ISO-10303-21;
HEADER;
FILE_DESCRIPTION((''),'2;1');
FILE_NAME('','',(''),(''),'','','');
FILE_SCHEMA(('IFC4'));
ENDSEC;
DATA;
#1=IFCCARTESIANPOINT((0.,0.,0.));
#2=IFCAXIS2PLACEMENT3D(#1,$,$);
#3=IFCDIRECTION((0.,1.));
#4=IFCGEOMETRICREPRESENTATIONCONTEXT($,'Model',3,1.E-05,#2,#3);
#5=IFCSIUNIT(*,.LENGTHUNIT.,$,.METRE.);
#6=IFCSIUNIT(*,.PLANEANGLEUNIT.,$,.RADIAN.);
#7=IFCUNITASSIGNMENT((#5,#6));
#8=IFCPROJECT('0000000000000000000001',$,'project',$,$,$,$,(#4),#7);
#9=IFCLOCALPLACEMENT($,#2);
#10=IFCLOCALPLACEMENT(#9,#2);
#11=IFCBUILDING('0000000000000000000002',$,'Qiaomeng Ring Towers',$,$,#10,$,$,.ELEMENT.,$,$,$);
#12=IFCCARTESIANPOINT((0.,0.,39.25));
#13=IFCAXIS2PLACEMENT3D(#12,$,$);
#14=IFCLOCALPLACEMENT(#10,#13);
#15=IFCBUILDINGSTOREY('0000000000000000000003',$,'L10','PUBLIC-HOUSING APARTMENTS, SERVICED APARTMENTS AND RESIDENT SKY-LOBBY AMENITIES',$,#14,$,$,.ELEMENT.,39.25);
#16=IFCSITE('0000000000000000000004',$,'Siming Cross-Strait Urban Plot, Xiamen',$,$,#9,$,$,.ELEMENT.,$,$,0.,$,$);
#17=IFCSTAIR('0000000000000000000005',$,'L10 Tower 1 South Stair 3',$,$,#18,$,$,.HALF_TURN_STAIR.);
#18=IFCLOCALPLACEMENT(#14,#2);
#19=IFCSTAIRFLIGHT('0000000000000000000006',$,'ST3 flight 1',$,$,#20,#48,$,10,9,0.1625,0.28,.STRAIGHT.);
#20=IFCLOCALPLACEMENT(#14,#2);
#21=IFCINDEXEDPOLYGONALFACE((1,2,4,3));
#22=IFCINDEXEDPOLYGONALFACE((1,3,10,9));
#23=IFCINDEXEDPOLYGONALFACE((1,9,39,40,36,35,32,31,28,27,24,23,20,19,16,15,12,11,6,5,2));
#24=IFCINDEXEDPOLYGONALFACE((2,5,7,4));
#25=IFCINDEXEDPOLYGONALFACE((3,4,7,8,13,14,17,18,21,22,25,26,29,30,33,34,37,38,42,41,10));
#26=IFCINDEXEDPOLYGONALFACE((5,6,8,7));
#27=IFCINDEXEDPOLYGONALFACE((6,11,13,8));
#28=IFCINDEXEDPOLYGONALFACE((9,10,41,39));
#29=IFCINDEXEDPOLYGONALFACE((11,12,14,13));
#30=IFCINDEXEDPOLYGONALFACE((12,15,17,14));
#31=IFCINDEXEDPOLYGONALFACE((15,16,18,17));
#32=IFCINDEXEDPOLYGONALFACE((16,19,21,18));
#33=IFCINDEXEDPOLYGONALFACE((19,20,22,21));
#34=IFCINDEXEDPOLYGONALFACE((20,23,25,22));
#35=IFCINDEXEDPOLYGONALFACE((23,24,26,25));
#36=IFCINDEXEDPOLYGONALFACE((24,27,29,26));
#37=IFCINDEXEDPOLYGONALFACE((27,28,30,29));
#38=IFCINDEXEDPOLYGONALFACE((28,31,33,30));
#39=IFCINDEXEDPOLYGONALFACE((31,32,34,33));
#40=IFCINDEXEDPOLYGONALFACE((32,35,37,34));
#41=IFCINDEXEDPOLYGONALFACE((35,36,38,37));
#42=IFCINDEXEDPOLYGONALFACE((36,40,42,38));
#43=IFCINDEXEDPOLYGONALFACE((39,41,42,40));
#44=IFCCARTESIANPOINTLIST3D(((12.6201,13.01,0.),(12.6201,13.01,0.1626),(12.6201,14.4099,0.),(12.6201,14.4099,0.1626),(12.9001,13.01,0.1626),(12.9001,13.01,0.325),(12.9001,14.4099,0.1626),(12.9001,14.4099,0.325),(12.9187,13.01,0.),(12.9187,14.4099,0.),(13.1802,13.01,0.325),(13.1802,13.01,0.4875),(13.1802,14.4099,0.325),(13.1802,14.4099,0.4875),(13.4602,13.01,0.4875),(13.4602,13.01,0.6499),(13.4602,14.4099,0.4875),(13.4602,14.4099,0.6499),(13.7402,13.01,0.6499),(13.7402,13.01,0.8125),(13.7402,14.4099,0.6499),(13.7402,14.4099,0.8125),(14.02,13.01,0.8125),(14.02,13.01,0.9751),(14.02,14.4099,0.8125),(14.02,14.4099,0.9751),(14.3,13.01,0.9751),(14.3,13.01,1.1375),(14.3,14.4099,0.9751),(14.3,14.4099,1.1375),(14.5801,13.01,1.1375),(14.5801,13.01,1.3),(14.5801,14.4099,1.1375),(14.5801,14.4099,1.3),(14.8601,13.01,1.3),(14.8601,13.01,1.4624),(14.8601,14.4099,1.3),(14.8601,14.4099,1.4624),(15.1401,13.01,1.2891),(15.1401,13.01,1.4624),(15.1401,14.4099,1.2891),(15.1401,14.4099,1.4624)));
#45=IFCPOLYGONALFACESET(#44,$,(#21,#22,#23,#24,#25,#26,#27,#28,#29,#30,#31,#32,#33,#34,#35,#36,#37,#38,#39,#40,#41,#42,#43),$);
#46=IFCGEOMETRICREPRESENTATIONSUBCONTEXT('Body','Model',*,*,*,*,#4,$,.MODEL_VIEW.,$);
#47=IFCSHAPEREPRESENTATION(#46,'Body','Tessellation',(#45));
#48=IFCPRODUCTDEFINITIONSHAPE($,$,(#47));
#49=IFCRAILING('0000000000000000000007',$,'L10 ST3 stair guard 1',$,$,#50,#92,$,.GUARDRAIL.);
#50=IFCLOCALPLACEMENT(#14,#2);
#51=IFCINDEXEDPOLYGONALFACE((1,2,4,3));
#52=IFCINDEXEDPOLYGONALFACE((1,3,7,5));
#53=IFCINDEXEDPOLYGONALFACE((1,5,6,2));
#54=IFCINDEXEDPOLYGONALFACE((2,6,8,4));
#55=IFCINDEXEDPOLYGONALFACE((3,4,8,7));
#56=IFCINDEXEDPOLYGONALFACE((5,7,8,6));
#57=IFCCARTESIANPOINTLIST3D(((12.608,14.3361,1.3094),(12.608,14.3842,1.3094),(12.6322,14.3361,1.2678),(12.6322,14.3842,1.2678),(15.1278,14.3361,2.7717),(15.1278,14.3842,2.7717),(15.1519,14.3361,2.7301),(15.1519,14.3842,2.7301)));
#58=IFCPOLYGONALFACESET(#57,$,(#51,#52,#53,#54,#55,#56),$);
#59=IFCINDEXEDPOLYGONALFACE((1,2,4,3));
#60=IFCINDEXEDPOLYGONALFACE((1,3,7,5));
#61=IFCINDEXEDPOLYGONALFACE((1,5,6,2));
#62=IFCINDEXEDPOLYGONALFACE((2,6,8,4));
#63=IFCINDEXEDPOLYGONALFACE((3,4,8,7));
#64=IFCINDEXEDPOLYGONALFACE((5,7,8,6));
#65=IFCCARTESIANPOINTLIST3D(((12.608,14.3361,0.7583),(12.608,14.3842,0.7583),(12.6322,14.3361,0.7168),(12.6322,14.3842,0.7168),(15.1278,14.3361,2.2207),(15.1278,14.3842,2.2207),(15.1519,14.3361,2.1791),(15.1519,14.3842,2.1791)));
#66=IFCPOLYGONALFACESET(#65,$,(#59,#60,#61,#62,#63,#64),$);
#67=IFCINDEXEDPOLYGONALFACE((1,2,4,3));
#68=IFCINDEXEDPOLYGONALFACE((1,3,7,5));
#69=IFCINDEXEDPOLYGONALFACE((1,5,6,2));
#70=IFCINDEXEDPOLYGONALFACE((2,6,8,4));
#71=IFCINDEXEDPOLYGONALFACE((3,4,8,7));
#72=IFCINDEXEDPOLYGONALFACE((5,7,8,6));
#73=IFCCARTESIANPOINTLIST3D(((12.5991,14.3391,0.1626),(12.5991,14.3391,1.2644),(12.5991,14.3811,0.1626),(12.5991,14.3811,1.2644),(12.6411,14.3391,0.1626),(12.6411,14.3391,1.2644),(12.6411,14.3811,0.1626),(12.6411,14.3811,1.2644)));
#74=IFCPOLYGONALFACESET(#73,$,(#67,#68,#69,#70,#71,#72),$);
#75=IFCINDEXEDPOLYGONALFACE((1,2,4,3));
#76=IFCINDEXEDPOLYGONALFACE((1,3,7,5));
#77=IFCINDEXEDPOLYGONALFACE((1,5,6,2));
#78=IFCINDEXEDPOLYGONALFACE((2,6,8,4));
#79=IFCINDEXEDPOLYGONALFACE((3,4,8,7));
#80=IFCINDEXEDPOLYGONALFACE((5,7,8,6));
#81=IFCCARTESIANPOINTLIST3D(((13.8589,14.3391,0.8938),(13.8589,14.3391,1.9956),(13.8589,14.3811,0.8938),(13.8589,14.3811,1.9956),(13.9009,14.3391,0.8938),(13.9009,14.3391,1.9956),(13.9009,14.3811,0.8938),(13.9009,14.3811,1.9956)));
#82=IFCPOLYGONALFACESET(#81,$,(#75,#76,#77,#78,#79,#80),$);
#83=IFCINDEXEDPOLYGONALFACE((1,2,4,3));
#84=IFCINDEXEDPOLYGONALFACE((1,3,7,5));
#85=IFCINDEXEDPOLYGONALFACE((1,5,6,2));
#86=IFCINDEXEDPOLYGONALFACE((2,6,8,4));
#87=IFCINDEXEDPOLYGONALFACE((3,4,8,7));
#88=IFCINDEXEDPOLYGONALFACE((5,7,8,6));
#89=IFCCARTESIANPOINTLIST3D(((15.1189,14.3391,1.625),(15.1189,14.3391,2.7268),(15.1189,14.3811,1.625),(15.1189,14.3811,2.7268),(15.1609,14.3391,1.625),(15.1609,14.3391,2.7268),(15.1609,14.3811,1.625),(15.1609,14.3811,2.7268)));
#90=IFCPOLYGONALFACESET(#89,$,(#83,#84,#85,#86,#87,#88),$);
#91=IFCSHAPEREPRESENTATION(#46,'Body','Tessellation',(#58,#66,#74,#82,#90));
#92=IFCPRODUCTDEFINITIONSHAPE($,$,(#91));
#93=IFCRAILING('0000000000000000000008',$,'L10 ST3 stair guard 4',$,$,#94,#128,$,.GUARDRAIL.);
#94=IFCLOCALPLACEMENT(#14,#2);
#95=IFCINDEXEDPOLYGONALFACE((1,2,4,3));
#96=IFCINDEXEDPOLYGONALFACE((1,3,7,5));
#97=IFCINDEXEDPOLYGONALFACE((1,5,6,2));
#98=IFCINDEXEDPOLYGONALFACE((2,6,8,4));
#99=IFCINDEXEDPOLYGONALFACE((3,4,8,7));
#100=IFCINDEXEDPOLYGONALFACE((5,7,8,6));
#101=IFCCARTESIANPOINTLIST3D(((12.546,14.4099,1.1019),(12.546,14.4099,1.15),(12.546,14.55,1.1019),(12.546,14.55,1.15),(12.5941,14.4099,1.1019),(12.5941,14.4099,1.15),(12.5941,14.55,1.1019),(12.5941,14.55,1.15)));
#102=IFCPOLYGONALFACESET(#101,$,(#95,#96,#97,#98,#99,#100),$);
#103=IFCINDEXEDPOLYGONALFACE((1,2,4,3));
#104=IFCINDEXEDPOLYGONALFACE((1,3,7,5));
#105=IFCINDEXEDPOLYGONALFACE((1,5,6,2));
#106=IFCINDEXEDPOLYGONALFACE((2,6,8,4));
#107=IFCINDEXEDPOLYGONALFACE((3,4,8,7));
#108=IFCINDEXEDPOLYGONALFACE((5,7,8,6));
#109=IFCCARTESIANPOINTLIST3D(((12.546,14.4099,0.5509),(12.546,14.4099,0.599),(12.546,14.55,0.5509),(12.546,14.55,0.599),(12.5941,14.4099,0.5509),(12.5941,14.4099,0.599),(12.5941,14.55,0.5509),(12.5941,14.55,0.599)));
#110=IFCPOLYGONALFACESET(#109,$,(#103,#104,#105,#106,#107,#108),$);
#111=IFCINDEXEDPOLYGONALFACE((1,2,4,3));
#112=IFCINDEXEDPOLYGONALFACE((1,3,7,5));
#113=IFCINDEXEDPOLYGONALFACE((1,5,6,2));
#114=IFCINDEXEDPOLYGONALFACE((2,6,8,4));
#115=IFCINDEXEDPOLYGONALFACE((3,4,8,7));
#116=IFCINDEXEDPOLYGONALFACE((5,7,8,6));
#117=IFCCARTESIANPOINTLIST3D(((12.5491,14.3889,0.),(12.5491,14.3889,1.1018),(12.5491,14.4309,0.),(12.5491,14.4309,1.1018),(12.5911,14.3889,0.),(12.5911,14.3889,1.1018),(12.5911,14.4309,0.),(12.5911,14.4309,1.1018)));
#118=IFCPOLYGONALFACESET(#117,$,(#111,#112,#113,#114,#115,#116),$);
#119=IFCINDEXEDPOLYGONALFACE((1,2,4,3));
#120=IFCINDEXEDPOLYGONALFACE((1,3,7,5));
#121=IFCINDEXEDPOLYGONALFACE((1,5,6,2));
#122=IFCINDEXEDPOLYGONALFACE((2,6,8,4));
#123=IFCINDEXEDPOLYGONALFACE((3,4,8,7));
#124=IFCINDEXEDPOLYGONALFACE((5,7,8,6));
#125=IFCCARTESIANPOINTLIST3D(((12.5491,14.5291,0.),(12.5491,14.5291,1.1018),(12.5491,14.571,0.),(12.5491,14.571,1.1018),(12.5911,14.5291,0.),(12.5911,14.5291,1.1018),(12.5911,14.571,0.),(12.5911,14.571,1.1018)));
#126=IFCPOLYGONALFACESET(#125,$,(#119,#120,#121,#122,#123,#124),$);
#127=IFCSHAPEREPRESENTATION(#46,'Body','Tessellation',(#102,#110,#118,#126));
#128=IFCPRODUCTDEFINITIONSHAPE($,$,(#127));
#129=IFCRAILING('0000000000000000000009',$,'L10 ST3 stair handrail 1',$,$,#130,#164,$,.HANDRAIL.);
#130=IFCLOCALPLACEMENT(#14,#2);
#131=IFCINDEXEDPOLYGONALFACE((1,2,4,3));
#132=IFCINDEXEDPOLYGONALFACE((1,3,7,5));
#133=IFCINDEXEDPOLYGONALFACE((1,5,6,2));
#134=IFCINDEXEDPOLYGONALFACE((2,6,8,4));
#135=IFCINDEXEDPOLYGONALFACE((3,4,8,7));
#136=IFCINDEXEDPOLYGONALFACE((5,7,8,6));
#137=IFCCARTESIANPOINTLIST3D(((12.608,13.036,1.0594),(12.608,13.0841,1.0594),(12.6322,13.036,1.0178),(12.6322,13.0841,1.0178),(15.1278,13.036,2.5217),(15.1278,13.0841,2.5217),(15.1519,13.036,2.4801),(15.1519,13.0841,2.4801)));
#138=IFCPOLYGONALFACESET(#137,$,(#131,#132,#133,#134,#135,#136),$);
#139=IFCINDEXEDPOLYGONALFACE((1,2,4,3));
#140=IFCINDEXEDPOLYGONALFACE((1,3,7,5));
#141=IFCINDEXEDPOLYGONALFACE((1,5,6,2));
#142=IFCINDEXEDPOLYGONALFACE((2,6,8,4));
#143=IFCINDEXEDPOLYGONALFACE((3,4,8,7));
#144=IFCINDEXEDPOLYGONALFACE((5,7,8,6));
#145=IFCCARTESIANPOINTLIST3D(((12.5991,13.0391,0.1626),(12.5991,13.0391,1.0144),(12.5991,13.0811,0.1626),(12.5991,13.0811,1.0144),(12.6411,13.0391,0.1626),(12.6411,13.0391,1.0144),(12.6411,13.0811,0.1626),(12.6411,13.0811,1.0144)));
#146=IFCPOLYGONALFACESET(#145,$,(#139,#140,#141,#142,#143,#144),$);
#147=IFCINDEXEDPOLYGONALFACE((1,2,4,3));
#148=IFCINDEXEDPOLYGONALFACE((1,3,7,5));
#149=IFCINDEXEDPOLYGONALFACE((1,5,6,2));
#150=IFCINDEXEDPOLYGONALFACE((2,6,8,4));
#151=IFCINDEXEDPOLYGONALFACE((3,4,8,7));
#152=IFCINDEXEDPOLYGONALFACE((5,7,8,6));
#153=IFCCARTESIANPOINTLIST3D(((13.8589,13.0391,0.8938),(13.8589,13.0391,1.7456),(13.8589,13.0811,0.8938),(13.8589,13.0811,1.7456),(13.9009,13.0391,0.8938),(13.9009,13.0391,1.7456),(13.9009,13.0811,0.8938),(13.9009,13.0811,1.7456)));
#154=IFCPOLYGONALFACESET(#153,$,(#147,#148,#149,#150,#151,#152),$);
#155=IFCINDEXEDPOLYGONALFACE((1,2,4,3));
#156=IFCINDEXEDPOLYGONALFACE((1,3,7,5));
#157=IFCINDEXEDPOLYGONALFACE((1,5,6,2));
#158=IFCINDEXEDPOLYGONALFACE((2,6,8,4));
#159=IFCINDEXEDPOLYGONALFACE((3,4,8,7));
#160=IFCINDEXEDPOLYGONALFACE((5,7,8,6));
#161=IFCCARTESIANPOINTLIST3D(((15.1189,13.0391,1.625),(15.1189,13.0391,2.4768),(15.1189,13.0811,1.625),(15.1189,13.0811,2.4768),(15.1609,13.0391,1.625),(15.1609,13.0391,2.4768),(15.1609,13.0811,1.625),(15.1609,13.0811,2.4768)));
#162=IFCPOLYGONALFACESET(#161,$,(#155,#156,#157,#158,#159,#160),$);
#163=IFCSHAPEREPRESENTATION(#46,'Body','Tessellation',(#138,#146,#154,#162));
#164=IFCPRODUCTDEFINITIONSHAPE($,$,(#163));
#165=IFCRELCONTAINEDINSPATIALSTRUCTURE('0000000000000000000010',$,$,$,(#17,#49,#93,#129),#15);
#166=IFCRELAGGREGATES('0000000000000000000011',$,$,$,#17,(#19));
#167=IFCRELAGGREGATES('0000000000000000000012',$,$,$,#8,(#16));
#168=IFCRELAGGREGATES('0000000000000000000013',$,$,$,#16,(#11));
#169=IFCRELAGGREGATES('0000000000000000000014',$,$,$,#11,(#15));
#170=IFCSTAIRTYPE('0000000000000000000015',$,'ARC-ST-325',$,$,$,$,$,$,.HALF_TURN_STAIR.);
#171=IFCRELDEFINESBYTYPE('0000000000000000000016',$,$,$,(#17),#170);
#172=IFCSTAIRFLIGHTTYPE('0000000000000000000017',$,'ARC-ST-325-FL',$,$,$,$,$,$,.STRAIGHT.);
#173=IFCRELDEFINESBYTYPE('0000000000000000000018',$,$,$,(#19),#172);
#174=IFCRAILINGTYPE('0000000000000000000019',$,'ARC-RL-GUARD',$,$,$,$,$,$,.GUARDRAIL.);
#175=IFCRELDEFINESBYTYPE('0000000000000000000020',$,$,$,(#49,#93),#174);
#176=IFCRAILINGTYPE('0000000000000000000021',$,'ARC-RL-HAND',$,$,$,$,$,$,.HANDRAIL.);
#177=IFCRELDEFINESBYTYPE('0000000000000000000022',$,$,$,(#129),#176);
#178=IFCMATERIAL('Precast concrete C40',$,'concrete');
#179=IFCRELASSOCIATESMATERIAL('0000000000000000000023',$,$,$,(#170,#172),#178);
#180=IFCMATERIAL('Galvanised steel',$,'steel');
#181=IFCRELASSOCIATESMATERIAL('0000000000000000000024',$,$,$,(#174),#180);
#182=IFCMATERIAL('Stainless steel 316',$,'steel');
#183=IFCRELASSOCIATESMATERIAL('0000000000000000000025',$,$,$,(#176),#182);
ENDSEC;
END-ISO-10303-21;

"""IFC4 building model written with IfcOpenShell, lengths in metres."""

from ifc_helpers import new_model, si_unit, direction, frame, origin, origin_2d, place, context, subcontext, project, spatial, polyline, rectangle, outline, extrude, source, transform, mapped, material, type_object, element, aggregate, save


model = new_model("IFC4")

# Units and contexts
model_context = context("Model", 3, precision=1e-05, world=origin(), true_north=direction((0.0, 1.0)))
body_context = subcontext(model_context, "Body", "Model", "MODEL_VIEW")
ifc_project = project(units=[si_unit("LENGTHUNIT", "METRE"), si_unit("PLANEANGLEUNIT", "RADIAN")], contexts=[model_context])

# Site, building, storey
site_placement = place(None, origin())
site = spatial("IfcSite", under=ifc_project, at=site_placement, Name="Siming Cross-Strait Urban Plot, Xiamen", CompositionType="ELEMENT", RefElevation=0.0)
building_placement = place(site_placement, origin())
building = spatial("IfcBuilding", under=site, at=building_placement, Name="Qiaomeng Ring Towers", CompositionType="ELEMENT")
storey_placement = place(building_placement, frame((0.0, 0.0, 39.25)))
storey = spatial("IfcBuildingStorey", under=building, at=storey_placement, Name="L10", Description="PUBLIC-HOUSING APARTMENTS, SERVICED APARTMENTS AND RESIDENT SKY-LOBBY AMENITIES", CompositionType="ELEMENT", Elevation=39.25)

# Shared definitions
ifc_material_1 = material(Name="Galvanised steel", Category="steel")

# Shared definitions
ifc_material_2 = material(Name="Stainless steel 316", Category="steel")

# Stair, stair flight
ifc_material_3 = material(Name="Precast concrete C40", Category="concrete")
stair_type = type_object("IfcStairType", Name="ARC-ST-325", PredefinedType="HALF_TURN_STAIR", material=ifc_material_3)
stair_placement = place(storey_placement, origin())
stair = element("IfcStair", 1, at=stair_placement, inside=storey, type_object=stair_type, Name="L10 Tower 1 South Stair 3", PredefinedType="HALF_TURN_STAIR")
stair_flight_type = type_object("IfcStairFlightType", Name="ARC-ST-325-FL", PredefinedType="STRAIGHT", material=ifc_material_3)
shared_shape_1 = source(origin(), body_context, "Body", "SweptSolid", [
    extrude(outline(polyline([(0.0, 0.0), (0.0, 0.1626), (0.28, 0.1626), (0.28, 0.325), (0.5601, 0.325), (0.5601, 0.4875), (0.8401, 0.4875), (0.8401, 0.6499), (1.1201, 0.6499), (1.1201, 0.8125), (1.3999, 0.8125), (1.3999, 0.9751), (1.6799, 0.9751), (1.6799, 1.1375), (1.96, 1.1375), (1.96, 1.3), (2.24, 1.3), (2.24, 1.4624), (2.52, 1.4624), (2.52, 1.625), (2.52, 1.2891), (0.2986, 0.0), (0.0, 0.0)])), frame((0.0, 0.7, 0.0), z_axis=(0.0, -1.0, 0.0), x_axis=(1.0, 0.0, 0.0)), (0.0, 0.0, 1.0), 1.3999),
])
stair_flight_placement = place(storey_placement, frame((12.6201, 13.71, 0.0), z_axis=(0.0, 0.0, 1.0), x_axis=(1.0, 0.0, 0.0)))
stair_flight = element("IfcStairFlight", 2, at=stair_flight_placement, type_object=stair_flight_type, Name="ST3 flight 1", NumberOfRisers=10, NumberOfTreads=9, PredefinedType="STRAIGHT", RiserHeight=0.1625, TreadLength=0.28, context=body_context, shape_type="MappedRepresentation", body=[
    mapped(shared_shape_1, transform((0.0, 0.0, 0.0), x_axis=(1.0, 0.0, 0.0), y_axis=(0.0, 1.0, 0.0), z_axis=(0.0, 0.0, 1.0), scale=1.0)),
])
aggregate(stair, [stair_flight])

# Railings
railing_type_1 = type_object("IfcRailingType", Name="ARC-RL-GUARD", PredefinedType="GUARDRAIL", material=ifc_material_1)
railing_1_placement = place(storey_placement, frame((12.6201, 14.3601, 0.1626)))
element("IfcRailing", 3, at=railing_1_placement, inside=storey, type_object=railing_type_1, Name="L10 ST3 stair guard 1", PredefinedType="GUARDRAIL", context=body_context, shape_type="SweptSolid", body=[
    extrude(rectangle(XDim=0.0481, YDim=0.0481, at=origin_2d()), frame((0.0, 0.0, 1.126), z_axis=(0.864892, 0.0, 0.501958), x_axis=(0.0, 1.0, 0.0)), (0.0, 0.0, 1.0), 2.9133),
    extrude(rectangle(XDim=0.0481, YDim=0.0481, at=origin_2d()), frame((0.0, 0.0, 0.575), z_axis=(0.864892, 0.0, 0.501958), x_axis=(0.0, 1.0, 0.0)), (0.0, 0.0, 1.0), 2.9133),
    extrude(rectangle(XDim=0.042, YDim=0.042, at=origin_2d()), origin(), (0.0, 0.0, 1.0), 1.1018),
    extrude(rectangle(XDim=0.042, YDim=0.042, at=origin_2d()), frame((1.2598, 0.0, 0.7312)), (0.0, 0.0, 1.0), 1.1018),
    extrude(rectangle(XDim=0.042, YDim=0.042, at=origin_2d()), frame((2.5198, 0.0, 1.4624)), (0.0, 0.0, 1.0), 1.1018),
])
railing_2_placement = place(storey_placement, frame((12.5701, 14.4099, 0.0)))
element("IfcRailing", 4, at=railing_2_placement, inside=storey, type_object=railing_type_1, Name="L10 ST3 stair guard 4", PredefinedType="GUARDRAIL", context=body_context, shape_type="SweptSolid", body=[
    extrude(rectangle(XDim=0.0481, YDim=0.0481, at=origin_2d()), frame((0.0, 0.0, 1.126), z_axis=(0.0, 1.0, 0.0), x_axis=(-1.0, 0.0, 0.0)), (0.0, 0.0, 1.0), 0.1401),
    extrude(rectangle(XDim=0.0481, YDim=0.0481, at=origin_2d()), frame((0.0, 0.0, 0.575), z_axis=(0.0, 1.0, 0.0), x_axis=(-1.0, 0.0, 0.0)), (0.0, 0.0, 1.0), 0.1401),
    extrude(rectangle(XDim=0.042, YDim=0.042, at=origin_2d()), origin(), (0.0, 0.0, 1.0), 1.1018),
    extrude(rectangle(XDim=0.042, YDim=0.042, at=origin_2d()), frame((0.0, 0.1401, 0.0)), (0.0, 0.0, 1.0), 1.1018),
])
railing_type_2 = type_object("IfcRailingType", Name="ARC-RL-HAND", PredefinedType="HANDRAIL", material=ifc_material_2)
railing_3_placement = place(storey_placement, frame((12.6201, 13.0601, 0.1626)))
element("IfcRailing", 5, at=railing_3_placement, inside=storey, type_object=railing_type_2, Name="L10 ST3 stair handrail 1", PredefinedType="HANDRAIL", context=body_context, shape_type="SweptSolid", body=[
    extrude(rectangle(XDim=0.0481, YDim=0.0481, at=origin_2d()), frame((0.0, 0.0, 0.876), z_axis=(0.864892, 0.0, 0.501958), x_axis=(0.0, 1.0, 0.0)), (0.0, 0.0, 1.0), 2.9133),
    extrude(rectangle(XDim=0.042, YDim=0.042, at=origin_2d()), origin(), (0.0, 0.0, 1.0), 0.8518),
    extrude(rectangle(XDim=0.042, YDim=0.042, at=origin_2d()), frame((1.2598, 0.0, 0.7312)), (0.0, 0.0, 1.0), 0.8518),
    extrude(rectangle(XDim=0.042, YDim=0.042, at=origin_2d()), frame((2.5198, 0.0, 1.4624)), (0.0, 0.0, 1.0), 0.8518),
])

save(model, "model.ifc")
